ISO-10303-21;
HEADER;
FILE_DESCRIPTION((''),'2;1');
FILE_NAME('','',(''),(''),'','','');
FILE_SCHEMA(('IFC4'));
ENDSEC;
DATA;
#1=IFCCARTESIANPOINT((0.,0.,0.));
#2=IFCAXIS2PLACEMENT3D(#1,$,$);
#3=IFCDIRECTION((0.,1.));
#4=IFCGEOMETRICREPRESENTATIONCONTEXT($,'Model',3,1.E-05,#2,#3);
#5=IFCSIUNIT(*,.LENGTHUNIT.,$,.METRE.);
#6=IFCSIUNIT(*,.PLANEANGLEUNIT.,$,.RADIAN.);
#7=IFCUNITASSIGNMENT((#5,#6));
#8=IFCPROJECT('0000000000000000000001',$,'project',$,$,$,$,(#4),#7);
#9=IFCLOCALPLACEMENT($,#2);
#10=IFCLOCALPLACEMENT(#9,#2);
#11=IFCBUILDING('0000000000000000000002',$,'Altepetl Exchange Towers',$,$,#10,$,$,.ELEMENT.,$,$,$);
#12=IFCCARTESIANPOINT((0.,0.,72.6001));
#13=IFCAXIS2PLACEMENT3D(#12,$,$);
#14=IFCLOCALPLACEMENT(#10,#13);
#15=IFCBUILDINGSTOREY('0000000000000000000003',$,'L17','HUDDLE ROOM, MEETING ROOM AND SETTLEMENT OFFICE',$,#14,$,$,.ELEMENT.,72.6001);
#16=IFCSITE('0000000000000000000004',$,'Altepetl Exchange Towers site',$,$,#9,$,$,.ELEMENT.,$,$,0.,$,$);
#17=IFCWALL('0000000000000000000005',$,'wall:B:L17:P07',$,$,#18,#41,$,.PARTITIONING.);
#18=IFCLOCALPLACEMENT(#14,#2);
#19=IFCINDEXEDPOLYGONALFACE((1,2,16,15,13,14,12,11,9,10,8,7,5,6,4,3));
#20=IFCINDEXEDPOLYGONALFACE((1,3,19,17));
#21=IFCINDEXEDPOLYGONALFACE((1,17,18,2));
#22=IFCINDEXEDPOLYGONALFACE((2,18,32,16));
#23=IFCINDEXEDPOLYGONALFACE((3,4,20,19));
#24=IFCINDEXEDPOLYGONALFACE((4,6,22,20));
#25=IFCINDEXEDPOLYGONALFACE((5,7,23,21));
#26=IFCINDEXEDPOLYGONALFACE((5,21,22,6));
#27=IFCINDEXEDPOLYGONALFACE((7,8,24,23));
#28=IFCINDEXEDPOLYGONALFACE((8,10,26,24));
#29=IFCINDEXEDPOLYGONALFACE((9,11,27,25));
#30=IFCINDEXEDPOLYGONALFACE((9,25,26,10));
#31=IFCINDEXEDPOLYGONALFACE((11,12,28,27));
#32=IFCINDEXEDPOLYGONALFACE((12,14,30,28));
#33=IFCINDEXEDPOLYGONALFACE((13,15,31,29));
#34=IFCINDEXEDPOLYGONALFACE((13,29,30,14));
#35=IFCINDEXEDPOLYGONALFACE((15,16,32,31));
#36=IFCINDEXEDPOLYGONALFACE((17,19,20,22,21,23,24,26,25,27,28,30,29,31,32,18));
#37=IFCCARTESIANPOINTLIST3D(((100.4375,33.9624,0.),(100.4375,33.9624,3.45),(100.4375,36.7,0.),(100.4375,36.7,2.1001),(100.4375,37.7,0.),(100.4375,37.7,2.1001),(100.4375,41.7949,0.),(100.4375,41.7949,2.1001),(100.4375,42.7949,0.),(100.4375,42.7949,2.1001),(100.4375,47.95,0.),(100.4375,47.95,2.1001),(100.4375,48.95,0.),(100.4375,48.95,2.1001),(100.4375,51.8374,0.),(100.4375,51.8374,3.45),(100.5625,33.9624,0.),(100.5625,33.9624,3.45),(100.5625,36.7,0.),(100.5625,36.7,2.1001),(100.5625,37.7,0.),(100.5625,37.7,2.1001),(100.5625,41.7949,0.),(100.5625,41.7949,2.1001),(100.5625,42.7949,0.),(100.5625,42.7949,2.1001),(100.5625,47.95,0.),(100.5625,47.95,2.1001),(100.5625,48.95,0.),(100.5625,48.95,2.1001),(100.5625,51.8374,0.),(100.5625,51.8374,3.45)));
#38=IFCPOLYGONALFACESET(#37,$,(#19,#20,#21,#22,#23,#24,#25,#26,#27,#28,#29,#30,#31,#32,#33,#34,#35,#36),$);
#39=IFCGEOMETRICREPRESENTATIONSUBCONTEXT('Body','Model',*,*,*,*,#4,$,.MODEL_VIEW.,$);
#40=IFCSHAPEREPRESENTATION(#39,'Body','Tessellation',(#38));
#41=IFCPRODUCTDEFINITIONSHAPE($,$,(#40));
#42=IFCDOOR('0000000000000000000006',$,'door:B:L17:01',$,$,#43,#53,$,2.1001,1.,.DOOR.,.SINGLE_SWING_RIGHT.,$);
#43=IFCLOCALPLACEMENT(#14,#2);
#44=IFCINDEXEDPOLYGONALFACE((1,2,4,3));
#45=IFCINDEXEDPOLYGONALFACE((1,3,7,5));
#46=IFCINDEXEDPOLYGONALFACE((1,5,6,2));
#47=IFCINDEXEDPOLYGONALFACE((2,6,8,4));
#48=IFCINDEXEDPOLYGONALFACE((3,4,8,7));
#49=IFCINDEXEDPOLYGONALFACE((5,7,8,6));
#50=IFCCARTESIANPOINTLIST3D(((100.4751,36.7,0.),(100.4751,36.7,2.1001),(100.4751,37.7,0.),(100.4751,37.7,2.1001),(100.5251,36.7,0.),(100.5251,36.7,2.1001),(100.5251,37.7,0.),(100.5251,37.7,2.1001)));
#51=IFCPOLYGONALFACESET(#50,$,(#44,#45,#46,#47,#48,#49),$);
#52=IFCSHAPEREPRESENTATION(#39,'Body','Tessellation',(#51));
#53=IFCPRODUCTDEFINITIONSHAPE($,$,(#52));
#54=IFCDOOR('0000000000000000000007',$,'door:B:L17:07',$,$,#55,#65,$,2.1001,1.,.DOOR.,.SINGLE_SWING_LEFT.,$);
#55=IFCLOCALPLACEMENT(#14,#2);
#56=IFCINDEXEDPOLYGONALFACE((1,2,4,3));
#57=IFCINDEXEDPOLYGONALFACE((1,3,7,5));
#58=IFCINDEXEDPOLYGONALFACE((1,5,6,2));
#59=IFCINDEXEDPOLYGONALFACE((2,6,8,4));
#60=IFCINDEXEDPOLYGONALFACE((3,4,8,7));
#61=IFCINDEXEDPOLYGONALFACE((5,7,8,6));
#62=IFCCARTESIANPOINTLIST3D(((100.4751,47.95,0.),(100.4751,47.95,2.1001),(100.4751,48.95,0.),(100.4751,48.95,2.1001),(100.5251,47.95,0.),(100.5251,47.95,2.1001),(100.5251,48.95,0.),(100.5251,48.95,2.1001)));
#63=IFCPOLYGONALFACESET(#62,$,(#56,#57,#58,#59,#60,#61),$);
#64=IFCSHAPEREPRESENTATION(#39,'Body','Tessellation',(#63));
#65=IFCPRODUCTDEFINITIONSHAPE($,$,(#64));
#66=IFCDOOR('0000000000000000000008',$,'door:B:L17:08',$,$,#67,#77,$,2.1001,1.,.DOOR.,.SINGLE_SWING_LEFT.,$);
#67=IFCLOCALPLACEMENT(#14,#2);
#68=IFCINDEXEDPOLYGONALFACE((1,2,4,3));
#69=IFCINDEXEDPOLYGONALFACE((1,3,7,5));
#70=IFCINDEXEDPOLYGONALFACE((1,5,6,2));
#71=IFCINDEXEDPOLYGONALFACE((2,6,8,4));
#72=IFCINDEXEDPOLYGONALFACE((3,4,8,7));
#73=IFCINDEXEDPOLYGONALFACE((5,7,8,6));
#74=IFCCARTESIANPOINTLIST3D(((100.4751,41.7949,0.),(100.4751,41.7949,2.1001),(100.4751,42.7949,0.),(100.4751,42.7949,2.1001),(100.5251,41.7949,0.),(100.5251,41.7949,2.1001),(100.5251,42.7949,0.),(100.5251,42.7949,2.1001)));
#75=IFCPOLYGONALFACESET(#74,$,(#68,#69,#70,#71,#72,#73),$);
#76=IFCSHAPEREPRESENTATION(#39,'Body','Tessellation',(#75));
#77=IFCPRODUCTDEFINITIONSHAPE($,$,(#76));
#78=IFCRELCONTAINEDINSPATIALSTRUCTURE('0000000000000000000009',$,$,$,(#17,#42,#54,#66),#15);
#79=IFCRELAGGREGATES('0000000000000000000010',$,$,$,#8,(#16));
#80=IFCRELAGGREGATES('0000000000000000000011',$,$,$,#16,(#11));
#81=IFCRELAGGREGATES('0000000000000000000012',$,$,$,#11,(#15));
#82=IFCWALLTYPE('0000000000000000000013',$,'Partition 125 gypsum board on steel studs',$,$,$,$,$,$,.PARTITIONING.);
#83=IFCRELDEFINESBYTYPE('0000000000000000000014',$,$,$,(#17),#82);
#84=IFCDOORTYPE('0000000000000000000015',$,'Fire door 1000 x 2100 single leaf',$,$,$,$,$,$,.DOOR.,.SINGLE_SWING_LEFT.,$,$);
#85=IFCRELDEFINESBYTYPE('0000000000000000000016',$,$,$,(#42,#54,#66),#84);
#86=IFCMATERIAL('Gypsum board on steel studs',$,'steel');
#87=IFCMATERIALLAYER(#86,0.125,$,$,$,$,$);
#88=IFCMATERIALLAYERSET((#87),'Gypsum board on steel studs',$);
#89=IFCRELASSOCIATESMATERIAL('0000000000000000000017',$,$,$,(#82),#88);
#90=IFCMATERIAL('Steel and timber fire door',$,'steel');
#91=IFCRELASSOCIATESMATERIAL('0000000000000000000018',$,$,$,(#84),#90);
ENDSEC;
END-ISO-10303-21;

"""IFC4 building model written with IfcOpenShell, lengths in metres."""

from ifc_helpers import new_model, si_unit, direction, frame, frame_2d, origin, place, context, subcontext, project, spatial, rectangle, extrude, material, layer, layer_set, type_object, element, fill, save


model = new_model("IFC4")

# Units and contexts
model_context = context("Model", 3, precision=1e-05, world=origin(), true_north=direction((0.0, 1.0)))
body_context = subcontext(model_context, "Body", "Model", "MODEL_VIEW")
ifc_project = project(units=[si_unit("LENGTHUNIT", "METRE"), si_unit("PLANEANGLEUNIT", "RADIAN")], contexts=[model_context])

# Site, building, storey
site_placement = place(None, origin())
site = spatial("IfcSite", under=ifc_project, at=site_placement, Name="Altepetl Exchange Towers site", CompositionType="ELEMENT", RefElevation=0.0)
building_placement = place(site_placement, origin())
building = spatial("IfcBuilding", under=site, at=building_placement, Name="Altepetl Exchange Towers", CompositionType="ELEMENT")
storey_placement = place(building_placement, frame((0.0, 0.0, 72.6001)))
storey = spatial("IfcBuildingStorey", under=building, at=storey_placement, Name="L17", Description="HUDDLE ROOM, MEETING ROOM AND SETTLEMENT OFFICE", CompositionType="ELEMENT", Elevation=72.6001)

# Shared definitions
ifc_material_1 = material(Name="Gypsum board on steel studs", Category="steel")
ifc_layer_1 = layer(ifc_material_1, 0.125)
ifc_layer_set_1 = layer_set([ifc_layer_1], Name="Gypsum board on steel studs")
wall_type = type_object("IfcWallType", Name="Partition 125 gypsum board on steel studs", PredefinedType="PARTITIONING", material=ifc_layer_set_1)
ifc_material_2 = material(Name="Steel and timber fire door", Category="steel")
door_type = type_object("IfcDoorType", Name="Fire door 1000 x 2100 single leaf", OperationType="SINGLE_SWING_LEFT", PredefinedType="DOOR", material=ifc_material_2)

# Wall, openings, doors
wall_1_placement = place(storey_placement, frame((100.5, 33.9624, 0.0), z_axis=(0.0, 0.0, 1.0), x_axis=(0.0, 1.0, 0.0)))
wall_1 = element("IfcWall", 1, at=wall_1_placement, inside=storey, type_object=wall_type, Name="wall:B:L17:P07", PredefinedType="PARTITIONING", context=body_context, shape_type="SweptSolid", body=[
    extrude(rectangle(XDim=17.875, YDim=0.125, at=frame_2d((8.9375, 0.0))), origin(), (0.0, 0.0, 1.0), 3.45),
])
opening_1_placement = place(wall_1_placement, frame((2.7375, 0.0, 0.0)))
opening_1 = element("IfcOpeningElement", 2, at=opening_1_placement, cuts=wall_1, PredefinedType="OPENING", context=body_context, shape_type="SweptSolid", body=[
    extrude(rectangle(XDim=1.0, YDim=2.1001, at=frame_2d((0.5, 1.05))), frame((0.0, 0.0725, 0.0), z_axis=(0.0, -1.0, 0.0), x_axis=(1.0, 0.0, 0.0)), (0.0, 0.0, 1.0), 0.145),
])
opening_2_placement = place(wall_1_placement, frame((13.9875, 0.0, 0.0)))
opening_2 = element("IfcOpeningElement", 3, at=opening_2_placement, cuts=wall_1, PredefinedType="OPENING", context=body_context, shape_type="SweptSolid", body=[
    extrude(rectangle(XDim=1.0, YDim=2.1001, at=frame_2d((0.5, 1.05))), frame((0.0, 0.0725, 0.0), z_axis=(0.0, -1.0, 0.0), x_axis=(1.0, 0.0, 0.0)), (0.0, 0.0, 1.0), 0.145),
])
opening_3_placement = place(wall_1_placement, frame((7.8325, 0.0, 0.0)))
opening_3 = element("IfcOpeningElement", 4, at=opening_3_placement, cuts=wall_1, PredefinedType="OPENING", context=body_context, shape_type="SweptSolid", body=[
    extrude(rectangle(XDim=1.0, YDim=2.1001, at=frame_2d((0.5, 1.05))), frame((0.0, 0.0725, 0.0), z_axis=(0.0, -1.0, 0.0), x_axis=(1.0, 0.0, 0.0)), (0.0, 0.0, 1.0), 0.145),
])
door_1_placement = place(opening_1_placement, origin())
door_1 = element("IfcDoor", 5, at=door_1_placement, inside=storey, type_object=door_type, Name="door:B:L17:01", OperationType="SINGLE_SWING_RIGHT", OverallHeight=2.1001, OverallWidth=1.0, PredefinedType="DOOR", context=body_context, shape_type="SweptSolid", body=[
    extrude(rectangle(XDim=1.0, YDim=2.1001, at=frame_2d((0.5, 1.05))), frame((0.0, 0.0249, 0.0), z_axis=(0.0, -1.0, 0.0), x_axis=(1.0, 0.0, 0.0)), (0.0, 0.0, 1.0), 0.05),
])
fill(opening_1, door_1)
door_2_placement = place(opening_2_placement, origin())
door_2 = element("IfcDoor", 6, at=door_2_placement, inside=storey, type_object=door_type, Name="door:B:L17:07", OperationType="SINGLE_SWING_LEFT", OverallHeight=2.1001, OverallWidth=1.0, PredefinedType="DOOR", context=body_context, shape_type="SweptSolid", body=[
    extrude(rectangle(XDim=1.0, YDim=2.1001, at=frame_2d((0.5, 1.05))), frame((0.0, 0.0249, 0.0), z_axis=(0.0, -1.0, 0.0), x_axis=(1.0, 0.0, 0.0)), (0.0, 0.0, 1.0), 0.05),
])
fill(opening_2, door_2)
door_3_placement = place(opening_3_placement, origin())
door_3 = element("IfcDoor", 7, at=door_3_placement, inside=storey, type_object=door_type, Name="door:B:L17:08", OperationType="SINGLE_SWING_LEFT", OverallHeight=2.1001, OverallWidth=1.0, PredefinedType="DOOR", context=body_context, shape_type="SweptSolid", body=[
    extrude(rectangle(XDim=1.0, YDim=2.1001, at=frame_2d((0.5, 1.05))), frame((0.0, 0.0249, 0.0), z_axis=(0.0, -1.0, 0.0), x_axis=(1.0, 0.0, 0.0)), (0.0, 0.0, 1.0), 0.05),
])
fill(opening_3, door_3)

save(model, "model.ifc")
